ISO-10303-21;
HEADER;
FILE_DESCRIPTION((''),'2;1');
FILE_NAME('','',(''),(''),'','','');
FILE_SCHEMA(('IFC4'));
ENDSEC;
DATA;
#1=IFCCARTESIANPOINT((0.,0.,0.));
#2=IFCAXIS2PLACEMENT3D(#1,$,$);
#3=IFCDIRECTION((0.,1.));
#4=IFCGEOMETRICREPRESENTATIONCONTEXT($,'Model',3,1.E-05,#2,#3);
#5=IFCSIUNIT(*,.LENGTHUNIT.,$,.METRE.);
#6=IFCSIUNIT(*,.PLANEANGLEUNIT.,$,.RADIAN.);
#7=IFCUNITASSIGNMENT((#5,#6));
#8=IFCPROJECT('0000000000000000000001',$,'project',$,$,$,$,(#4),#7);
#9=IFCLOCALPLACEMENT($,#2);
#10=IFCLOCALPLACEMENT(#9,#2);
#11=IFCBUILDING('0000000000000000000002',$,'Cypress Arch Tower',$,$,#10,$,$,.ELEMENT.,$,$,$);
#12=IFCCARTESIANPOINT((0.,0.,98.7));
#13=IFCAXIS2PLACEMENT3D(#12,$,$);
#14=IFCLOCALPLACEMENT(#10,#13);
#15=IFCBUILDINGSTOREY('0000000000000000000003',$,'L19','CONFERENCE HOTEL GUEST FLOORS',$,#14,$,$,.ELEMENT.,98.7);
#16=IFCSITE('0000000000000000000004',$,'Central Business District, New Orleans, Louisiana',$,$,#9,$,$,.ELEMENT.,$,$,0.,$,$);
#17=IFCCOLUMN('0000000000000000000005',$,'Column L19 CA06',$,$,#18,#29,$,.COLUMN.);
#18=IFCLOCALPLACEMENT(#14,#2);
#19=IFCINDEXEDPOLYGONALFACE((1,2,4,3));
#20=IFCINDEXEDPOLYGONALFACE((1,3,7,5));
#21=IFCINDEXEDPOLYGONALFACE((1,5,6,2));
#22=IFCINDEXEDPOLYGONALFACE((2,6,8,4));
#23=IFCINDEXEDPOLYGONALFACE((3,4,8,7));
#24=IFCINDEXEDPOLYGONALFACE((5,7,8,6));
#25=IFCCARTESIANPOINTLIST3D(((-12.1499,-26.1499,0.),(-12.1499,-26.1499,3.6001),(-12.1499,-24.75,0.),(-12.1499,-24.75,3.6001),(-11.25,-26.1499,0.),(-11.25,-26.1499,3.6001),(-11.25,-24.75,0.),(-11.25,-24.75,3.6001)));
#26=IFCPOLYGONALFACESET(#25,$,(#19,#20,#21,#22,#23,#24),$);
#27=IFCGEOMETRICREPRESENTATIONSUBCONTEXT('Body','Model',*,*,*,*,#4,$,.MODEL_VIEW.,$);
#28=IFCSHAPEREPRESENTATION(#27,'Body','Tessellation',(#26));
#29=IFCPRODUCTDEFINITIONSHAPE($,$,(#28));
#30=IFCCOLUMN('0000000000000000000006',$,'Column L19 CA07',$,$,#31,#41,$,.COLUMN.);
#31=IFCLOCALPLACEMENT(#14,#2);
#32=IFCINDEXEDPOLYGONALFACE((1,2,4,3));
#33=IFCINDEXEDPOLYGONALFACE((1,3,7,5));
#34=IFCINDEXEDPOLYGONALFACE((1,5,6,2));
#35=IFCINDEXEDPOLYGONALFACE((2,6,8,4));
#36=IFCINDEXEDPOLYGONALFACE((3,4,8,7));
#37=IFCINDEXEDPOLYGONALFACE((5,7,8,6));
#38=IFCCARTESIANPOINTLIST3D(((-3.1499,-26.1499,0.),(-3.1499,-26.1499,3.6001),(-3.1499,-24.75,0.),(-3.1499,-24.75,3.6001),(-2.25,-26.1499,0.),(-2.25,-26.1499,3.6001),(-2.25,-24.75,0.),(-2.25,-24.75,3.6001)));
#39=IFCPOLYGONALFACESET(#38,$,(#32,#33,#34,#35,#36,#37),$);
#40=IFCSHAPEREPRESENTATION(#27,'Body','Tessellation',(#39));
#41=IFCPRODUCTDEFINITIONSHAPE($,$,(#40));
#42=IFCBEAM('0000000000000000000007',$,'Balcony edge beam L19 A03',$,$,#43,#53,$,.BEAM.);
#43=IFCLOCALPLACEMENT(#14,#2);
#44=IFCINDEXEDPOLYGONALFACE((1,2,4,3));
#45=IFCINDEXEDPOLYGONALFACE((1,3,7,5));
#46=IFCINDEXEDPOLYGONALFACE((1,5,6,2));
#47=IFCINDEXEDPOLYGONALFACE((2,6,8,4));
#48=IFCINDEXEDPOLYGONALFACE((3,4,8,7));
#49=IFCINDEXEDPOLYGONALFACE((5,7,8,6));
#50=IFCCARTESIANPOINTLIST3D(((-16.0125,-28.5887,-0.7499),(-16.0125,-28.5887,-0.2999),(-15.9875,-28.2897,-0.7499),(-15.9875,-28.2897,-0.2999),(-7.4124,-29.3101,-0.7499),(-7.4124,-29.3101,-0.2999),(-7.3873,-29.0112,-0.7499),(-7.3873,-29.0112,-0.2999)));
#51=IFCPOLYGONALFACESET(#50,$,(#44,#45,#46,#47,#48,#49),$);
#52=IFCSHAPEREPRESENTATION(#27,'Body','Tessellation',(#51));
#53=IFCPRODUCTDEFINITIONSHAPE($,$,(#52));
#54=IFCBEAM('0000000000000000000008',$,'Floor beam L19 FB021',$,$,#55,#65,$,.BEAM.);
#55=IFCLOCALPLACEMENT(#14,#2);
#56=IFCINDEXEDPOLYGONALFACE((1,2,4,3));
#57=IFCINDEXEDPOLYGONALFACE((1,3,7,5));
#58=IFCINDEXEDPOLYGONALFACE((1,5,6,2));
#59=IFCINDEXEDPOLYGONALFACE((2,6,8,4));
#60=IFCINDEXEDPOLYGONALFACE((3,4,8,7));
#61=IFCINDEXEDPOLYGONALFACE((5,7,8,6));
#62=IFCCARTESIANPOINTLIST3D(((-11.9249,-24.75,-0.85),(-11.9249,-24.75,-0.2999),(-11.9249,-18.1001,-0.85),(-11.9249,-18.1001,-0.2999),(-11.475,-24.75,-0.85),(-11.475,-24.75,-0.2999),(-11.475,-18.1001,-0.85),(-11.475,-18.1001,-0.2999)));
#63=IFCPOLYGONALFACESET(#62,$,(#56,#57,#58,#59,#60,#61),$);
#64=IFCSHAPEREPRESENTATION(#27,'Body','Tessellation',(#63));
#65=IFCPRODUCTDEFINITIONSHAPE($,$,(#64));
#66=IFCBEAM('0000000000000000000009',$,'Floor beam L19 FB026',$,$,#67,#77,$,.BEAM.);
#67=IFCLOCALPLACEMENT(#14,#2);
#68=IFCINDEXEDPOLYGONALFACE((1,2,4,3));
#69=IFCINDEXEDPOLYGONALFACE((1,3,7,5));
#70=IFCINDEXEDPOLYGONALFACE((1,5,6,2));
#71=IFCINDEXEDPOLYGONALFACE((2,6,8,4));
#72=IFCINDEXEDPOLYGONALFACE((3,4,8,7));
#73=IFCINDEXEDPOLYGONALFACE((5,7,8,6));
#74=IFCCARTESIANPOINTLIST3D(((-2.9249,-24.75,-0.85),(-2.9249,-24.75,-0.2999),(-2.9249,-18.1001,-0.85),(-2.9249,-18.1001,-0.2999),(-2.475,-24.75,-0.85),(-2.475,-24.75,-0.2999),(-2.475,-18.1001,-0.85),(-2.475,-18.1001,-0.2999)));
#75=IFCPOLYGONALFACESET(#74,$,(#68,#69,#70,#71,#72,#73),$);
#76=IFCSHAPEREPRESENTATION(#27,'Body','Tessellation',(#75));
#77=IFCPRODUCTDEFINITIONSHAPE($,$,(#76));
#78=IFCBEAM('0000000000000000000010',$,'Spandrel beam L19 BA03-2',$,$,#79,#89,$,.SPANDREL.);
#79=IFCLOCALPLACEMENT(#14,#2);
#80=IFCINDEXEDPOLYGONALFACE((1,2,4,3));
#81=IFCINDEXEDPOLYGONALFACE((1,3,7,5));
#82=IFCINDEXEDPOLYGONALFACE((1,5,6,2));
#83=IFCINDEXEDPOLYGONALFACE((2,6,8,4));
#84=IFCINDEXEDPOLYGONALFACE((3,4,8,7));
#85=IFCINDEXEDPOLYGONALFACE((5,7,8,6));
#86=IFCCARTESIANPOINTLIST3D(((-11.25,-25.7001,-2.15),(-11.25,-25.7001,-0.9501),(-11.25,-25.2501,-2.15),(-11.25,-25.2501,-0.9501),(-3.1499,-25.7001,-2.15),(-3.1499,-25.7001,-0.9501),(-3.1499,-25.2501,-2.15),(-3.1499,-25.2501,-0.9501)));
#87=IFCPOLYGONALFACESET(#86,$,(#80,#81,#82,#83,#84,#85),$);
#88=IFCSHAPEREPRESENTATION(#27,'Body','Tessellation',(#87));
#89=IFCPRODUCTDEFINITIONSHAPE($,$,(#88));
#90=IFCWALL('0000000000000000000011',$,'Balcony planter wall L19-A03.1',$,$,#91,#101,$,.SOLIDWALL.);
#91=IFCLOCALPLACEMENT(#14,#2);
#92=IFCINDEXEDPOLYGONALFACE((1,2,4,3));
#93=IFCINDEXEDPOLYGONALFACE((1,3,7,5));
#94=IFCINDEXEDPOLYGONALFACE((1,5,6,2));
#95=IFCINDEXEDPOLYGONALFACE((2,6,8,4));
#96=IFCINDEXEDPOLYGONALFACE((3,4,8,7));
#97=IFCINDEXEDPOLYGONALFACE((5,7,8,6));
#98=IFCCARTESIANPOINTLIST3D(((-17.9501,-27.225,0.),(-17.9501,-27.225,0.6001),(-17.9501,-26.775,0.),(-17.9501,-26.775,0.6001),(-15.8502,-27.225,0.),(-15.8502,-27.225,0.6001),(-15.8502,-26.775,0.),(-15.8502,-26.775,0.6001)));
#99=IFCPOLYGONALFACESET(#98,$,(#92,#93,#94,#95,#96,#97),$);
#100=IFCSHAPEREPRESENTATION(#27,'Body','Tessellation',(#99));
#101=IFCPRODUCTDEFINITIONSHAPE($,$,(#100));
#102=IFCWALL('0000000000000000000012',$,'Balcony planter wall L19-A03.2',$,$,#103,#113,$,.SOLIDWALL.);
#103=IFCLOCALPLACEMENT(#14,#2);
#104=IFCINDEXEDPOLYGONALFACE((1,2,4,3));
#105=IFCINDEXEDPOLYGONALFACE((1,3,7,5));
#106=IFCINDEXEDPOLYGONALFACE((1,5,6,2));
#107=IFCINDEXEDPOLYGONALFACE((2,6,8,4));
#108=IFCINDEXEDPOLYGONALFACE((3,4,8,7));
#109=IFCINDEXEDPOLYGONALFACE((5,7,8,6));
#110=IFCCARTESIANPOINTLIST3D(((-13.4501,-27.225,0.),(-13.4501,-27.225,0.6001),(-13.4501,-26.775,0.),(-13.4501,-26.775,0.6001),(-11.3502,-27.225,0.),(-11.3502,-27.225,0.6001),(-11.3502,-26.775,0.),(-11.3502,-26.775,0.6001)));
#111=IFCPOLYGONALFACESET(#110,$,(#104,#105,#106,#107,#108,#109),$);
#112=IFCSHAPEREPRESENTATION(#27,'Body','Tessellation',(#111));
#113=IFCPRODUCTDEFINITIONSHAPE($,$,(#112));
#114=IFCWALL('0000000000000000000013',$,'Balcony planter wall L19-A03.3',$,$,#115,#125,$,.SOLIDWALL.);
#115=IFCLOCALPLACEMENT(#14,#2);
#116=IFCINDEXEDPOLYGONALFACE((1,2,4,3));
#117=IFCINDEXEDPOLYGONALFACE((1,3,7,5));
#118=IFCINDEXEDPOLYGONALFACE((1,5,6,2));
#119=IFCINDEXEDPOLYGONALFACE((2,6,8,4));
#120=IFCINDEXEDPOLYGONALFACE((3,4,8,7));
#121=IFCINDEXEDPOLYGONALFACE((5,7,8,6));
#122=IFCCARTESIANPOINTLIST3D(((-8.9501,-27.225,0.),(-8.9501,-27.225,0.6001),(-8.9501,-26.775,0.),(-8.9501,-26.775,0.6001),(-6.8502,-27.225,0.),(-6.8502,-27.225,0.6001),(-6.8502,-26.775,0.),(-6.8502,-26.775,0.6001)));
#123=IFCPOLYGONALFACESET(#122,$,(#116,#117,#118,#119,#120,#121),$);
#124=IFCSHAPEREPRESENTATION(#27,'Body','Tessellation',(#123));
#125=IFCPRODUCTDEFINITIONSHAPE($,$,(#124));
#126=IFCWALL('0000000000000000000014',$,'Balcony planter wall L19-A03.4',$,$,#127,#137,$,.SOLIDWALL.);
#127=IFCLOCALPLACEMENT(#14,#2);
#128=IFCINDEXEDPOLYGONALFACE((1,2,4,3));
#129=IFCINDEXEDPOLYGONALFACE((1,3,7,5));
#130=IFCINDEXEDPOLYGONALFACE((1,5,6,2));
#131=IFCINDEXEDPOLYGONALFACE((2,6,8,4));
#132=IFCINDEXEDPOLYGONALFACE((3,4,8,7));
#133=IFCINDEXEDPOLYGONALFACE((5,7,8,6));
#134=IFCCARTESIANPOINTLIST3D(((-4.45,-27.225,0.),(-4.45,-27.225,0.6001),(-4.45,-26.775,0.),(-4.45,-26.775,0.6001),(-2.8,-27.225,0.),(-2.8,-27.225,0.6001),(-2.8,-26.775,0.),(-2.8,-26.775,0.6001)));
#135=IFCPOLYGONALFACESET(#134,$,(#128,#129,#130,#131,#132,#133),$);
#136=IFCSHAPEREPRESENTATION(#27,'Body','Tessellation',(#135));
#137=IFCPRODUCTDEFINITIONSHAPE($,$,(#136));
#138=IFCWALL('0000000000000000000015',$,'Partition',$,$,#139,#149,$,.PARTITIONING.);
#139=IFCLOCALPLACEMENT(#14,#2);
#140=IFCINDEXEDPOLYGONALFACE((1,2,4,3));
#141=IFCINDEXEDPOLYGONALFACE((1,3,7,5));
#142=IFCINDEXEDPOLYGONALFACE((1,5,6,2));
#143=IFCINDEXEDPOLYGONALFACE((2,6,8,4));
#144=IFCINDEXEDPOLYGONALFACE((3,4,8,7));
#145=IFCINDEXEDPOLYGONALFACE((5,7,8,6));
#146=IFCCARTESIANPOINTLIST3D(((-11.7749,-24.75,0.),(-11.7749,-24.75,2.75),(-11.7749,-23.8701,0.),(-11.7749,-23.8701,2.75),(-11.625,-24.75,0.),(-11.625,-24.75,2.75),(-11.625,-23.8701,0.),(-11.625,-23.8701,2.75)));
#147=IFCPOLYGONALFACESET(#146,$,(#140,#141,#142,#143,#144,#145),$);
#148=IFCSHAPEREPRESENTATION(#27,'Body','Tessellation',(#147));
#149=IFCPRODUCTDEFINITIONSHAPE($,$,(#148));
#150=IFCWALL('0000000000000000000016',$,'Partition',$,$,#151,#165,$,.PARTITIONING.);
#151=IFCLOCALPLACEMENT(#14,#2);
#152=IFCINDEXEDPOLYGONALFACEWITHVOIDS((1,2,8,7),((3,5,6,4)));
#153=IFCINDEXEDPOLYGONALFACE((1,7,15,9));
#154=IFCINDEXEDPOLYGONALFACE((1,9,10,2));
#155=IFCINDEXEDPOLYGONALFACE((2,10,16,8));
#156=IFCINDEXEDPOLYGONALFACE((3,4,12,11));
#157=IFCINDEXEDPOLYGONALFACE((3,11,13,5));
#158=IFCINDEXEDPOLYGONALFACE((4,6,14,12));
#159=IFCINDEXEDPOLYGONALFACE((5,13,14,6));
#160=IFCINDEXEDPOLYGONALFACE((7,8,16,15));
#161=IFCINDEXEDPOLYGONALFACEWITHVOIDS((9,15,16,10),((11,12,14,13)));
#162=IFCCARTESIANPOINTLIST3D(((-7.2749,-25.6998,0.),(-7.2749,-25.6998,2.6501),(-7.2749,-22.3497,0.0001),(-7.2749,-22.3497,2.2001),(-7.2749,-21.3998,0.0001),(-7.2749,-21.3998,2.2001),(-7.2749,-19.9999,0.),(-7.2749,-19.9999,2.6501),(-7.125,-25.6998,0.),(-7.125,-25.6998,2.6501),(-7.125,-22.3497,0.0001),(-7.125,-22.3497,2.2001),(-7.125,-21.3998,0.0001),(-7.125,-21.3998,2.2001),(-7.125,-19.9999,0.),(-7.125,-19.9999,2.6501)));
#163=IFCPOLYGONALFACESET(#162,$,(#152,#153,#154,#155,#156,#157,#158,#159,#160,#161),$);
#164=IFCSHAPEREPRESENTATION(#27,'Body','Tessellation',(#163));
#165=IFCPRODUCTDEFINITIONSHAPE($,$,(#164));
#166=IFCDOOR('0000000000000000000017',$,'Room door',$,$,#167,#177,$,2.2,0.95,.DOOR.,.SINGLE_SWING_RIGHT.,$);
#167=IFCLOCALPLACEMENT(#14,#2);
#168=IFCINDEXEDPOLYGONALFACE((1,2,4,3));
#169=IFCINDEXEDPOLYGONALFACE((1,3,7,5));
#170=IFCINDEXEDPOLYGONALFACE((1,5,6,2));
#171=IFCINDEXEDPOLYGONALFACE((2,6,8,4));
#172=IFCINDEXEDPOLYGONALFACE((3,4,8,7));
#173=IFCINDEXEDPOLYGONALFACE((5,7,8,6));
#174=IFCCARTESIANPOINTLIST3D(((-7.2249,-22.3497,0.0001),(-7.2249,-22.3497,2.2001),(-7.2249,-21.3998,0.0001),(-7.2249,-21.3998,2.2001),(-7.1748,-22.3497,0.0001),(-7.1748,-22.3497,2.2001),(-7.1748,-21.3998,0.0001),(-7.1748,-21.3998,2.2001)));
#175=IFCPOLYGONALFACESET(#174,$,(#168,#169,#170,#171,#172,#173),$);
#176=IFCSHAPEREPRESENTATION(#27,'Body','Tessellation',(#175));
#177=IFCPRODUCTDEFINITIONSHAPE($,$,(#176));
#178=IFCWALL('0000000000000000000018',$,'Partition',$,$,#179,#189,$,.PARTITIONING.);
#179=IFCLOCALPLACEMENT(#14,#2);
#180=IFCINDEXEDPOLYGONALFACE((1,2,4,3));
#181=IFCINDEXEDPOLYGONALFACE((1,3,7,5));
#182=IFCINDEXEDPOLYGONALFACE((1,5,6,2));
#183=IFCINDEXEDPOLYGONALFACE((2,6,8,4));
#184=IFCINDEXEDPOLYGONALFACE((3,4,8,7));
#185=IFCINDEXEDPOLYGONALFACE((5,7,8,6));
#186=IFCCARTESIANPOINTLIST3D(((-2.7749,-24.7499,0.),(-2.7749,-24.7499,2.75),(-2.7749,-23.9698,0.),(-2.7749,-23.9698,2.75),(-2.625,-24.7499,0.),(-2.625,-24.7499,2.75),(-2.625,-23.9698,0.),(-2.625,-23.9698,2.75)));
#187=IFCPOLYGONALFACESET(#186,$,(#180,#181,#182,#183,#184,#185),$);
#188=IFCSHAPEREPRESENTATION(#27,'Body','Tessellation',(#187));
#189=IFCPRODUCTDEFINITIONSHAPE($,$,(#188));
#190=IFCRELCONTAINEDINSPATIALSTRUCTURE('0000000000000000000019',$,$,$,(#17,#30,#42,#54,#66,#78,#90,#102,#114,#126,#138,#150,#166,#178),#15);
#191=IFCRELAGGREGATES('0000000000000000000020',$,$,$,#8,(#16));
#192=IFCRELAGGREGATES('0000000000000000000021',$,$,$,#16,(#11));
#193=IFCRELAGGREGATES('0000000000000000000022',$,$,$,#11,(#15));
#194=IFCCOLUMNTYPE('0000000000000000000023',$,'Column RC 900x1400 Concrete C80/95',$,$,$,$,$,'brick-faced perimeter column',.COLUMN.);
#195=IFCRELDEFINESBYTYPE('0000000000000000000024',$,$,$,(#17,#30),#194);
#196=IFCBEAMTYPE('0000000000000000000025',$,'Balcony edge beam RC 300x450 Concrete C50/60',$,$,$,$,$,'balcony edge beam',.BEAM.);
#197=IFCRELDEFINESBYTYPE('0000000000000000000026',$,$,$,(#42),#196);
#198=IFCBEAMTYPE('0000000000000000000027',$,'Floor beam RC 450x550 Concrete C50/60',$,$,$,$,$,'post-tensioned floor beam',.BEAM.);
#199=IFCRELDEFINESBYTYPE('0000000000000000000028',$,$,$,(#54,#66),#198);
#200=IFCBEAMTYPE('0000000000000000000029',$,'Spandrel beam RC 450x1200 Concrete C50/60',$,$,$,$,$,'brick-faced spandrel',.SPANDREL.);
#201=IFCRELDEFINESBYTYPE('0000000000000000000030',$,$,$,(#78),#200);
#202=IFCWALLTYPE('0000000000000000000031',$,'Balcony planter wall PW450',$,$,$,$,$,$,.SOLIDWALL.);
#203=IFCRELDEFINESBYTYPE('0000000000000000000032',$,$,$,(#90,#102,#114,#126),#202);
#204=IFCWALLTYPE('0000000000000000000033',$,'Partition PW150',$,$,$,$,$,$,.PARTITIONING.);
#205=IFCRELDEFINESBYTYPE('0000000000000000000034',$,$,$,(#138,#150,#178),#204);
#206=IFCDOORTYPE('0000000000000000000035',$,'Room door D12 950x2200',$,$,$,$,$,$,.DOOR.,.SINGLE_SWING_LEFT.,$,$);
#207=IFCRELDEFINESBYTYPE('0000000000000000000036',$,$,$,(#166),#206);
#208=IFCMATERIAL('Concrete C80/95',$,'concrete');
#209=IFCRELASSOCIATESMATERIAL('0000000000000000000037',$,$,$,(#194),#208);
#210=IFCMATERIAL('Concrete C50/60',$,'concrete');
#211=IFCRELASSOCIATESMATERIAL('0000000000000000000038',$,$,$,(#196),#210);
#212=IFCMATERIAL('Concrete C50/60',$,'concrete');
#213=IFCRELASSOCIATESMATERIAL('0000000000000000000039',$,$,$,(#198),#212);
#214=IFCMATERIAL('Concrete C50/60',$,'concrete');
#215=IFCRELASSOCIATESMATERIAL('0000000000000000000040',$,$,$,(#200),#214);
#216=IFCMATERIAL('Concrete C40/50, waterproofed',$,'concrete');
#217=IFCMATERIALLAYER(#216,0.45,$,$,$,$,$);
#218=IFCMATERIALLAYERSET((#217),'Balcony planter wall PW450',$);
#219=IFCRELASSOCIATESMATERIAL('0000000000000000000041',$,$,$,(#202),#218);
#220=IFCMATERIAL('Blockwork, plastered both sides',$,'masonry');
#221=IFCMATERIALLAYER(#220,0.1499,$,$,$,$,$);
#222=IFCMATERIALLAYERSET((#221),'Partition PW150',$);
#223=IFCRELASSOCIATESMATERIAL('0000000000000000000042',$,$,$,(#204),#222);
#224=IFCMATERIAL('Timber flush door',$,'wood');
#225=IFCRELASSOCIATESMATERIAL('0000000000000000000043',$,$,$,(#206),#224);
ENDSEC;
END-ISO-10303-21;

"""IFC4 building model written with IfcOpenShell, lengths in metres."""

from ifc_helpers import new_model, si_unit, direction, frame, frame_2d, origin, origin_2d, place, context, subcontext, project, spatial, rectangle, extrude, material, layer, layer_set, material_profile, profile_set, type_object, element, fill, save


model = new_model("IFC4")

# Units and contexts
model_context = context("Model", 3, precision=1e-05, world=origin(), true_north=direction((0.0, 1.0)))
body_context = subcontext(model_context, "Body", "Model", "MODEL_VIEW")
ifc_project = project(units=[si_unit("LENGTHUNIT", "METRE"), si_unit("PLANEANGLEUNIT", "RADIAN")], contexts=[model_context])

# Site, building, storey
site_placement = place(None, origin())
site = spatial("IfcSite", under=ifc_project, at=site_placement, Name="Central Business District, New Orleans, Louisiana", CompositionType="ELEMENT", RefElevation=0.0)
building_placement = place(site_placement, origin())
building = spatial("IfcBuilding", under=site, at=building_placement, Name="Cypress Arch Tower", CompositionType="ELEMENT")
storey_placement = place(building_placement, frame((0.0, 0.0, 98.7)))
storey = spatial("IfcBuildingStorey", under=building, at=storey_placement, Name="L19", Description="CONFERENCE HOTEL GUEST FLOORS", CompositionType="ELEMENT", Elevation=98.7)

# Columns
ifc_material_1 = material(Name="Concrete C80/95", Category="concrete")
ifc_material_profile_1 = material_profile(ifc_material_1, rectangle(XDim=0.8999, YDim=1.3999, at=origin_2d()), Name="RC 900x1400")
ifc_profile_set_1 = profile_set([ifc_material_profile_1], Name="Concrete C80/95")
column_type = type_object("IfcColumnType", Name="Column RC 900x1400 Concrete C80/95", ElementType="brick-faced perimeter column", PredefinedType="COLUMN", material=ifc_profile_set_1)
for number, where, z_axis, x_axis, name in (
    (1, (-11.7, -25.45, 0.0), (0.0, 0.0, 1.0), (1.0, 0.0, 0.0), "Column L19 CA06"),
    (2, (-2.7, -25.45, 0.0), (0.0, 0.0, 1.0), (1.0, 0.0, 0.0), "Column L19 CA07"),
):
    element("IfcColumn", number, at=place(storey_placement, frame(where, z_axis=z_axis, x_axis=x_axis)), inside=storey, type_object=column_type, Name=name, PredefinedType="COLUMN", context=body_context, shape_type="SweptSolid", body=[
        extrude(rectangle(XDim=0.8999, YDim=1.3999, at=origin_2d()), origin(), (0.0, 0.0, 1.0), 3.6001),
    ])

# Beams
ifc_material_2 = material(Name="Concrete C50/60", Category="concrete")
ifc_material_profile_2 = material_profile(ifc_material_2, rectangle(XDim=0.3, YDim=0.45, at=origin_2d()), Name="RC 300x450")
ifc_profile_set_2 = profile_set([ifc_material_profile_2], Name="Concrete C50/60")
beam_type_1 = type_object("IfcBeamType", Name="Balcony edge beam RC 300x450 Concrete C50/60", ElementType="balcony edge beam", PredefinedType="BEAM", material=ifc_profile_set_2)
beam_1_placement = place(storey_placement, frame((-16.0, -28.4392, -0.5249), z_axis=(0.9965, -0.083593, 0.0), x_axis=(0.083593, 0.9965, 0.0)))
element("IfcBeam", 3, at=beam_1_placement, inside=storey, type_object=beam_type_1, Name="Balcony edge beam L19 A03", PredefinedType="BEAM", context=body_context, shape_type="SweptSolid", body=[
    extrude(rectangle(XDim=0.3, YDim=0.45, at=origin_2d()), origin(), (0.0, 0.0, 1.0), 8.6304),
])
ifc_material_3 = material(Name="Concrete C50/60", Category="concrete")
ifc_material_profile_3 = material_profile(ifc_material_3, rectangle(XDim=0.45, YDim=0.55, at=origin_2d()), Name="RC 450x550")
ifc_profile_set_3 = profile_set([ifc_material_profile_3], Name="Concrete C50/60")
beam_type_2 = type_object("IfcBeamType", Name="Floor beam RC 450x550 Concrete C50/60", ElementType="post-tensioned floor beam", PredefinedType="BEAM", material=ifc_profile_set_3)
for number, where, z_axis, x_axis, name in (
    (4, (-11.7, -24.75, -0.575), (0.0, 1.0, 0.0), (-1.0, 0.0, 0.0), "Floor beam L19 FB021"),
    (5, (-2.7, -24.75, -0.575), (0.0, 1.0, 0.0), (-1.0, 0.0, 0.0), "Floor beam L19 FB026"),
):
    element("IfcBeam", number, at=place(storey_placement, frame(where, z_axis=z_axis, x_axis=x_axis)), inside=storey, type_object=beam_type_2, Name=name, PredefinedType="BEAM", context=body_context, shape_type="SweptSolid", body=[
        extrude(rectangle(XDim=0.45, YDim=0.55, at=origin_2d()), origin(), (0.0, 0.0, 1.0), 6.6499),
    ])
ifc_material_4 = material(Name="Concrete C50/60", Category="concrete")
ifc_material_profile_4 = material_profile(ifc_material_4, rectangle(XDim=0.45, YDim=1.2, at=origin_2d()), Name="RC 450x1200")
ifc_profile_set_4 = profile_set([ifc_material_profile_4], Name="Concrete C50/60")
beam_type_3 = type_object("IfcBeamType", Name="Spandrel beam RC 450x1200 Concrete C50/60", ElementType="brick-faced spandrel", PredefinedType="SPANDREL", material=ifc_profile_set_4)
beam_2_placement = place(storey_placement, frame((-11.25, -25.4751, -1.55), z_axis=(1.0, 0.0, 0.0), x_axis=(0.0, 1.0, 0.0)))
element("IfcBeam", 6, at=beam_2_placement, inside=storey, type_object=beam_type_3, Name="Spandrel beam L19 BA03-2", PredefinedType="SPANDREL", context=body_context, shape_type="SweptSolid", body=[
    extrude(rectangle(XDim=0.45, YDim=1.2, at=origin_2d()), origin(), (0.0, 0.0, 1.0), 8.1001),
])

# Walls
ifc_material_5 = material(Name="Concrete C40/50, waterproofed", Category="concrete")
ifc_layer_1 = layer(ifc_material_5, 0.45)
ifc_layer_set_1 = layer_set([ifc_layer_1], Name="Balcony planter wall PW450")
wall_type_1 = type_object("IfcWallType", Name="Balcony planter wall PW450", PredefinedType="SOLIDWALL", material=ifc_layer_set_1)
for number, where, z_axis, x_axis, name in (
    (7, (-17.95, -27.0, 0.0), (0.0, 0.0, 1.0), (1.0, 0.0, 0.0), "Balcony planter wall L19-A03.1"),
    (8, (-13.45, -27.0, 0.0), (0.0, 0.0, 1.0), (1.0, 0.0, 0.0), "Balcony planter wall L19-A03.2"),
    (9, (-8.95, -27.0, 0.0), (0.0, 0.0, 1.0), (1.0, 0.0, 0.0), "Balcony planter wall L19-A03.3"),
):
    element("IfcWall", number, at=place(storey_placement, frame(where, z_axis=z_axis, x_axis=x_axis)), inside=storey, type_object=wall_type_1, Name=name, PredefinedType="SOLIDWALL", context=body_context, shape_type="SweptSolid", body=[
        extrude(rectangle(XDim=2.0999, YDim=0.45, at=frame_2d((1.0498, 0.0))), origin(), (0.0, 0.0, 1.0), 0.6001),
    ])
wall_1_placement = place(storey_placement, frame((-4.45, -27.0, 0.0), z_axis=(0.0, 0.0, 1.0), x_axis=(1.0, 0.0, 0.0)))
element("IfcWall", 10, at=wall_1_placement, inside=storey, type_object=wall_type_1, Name="Balcony planter wall L19-A03.4", PredefinedType="SOLIDWALL", context=body_context, shape_type="SweptSolid", body=[
    extrude(rectangle(XDim=1.6499, YDim=0.45, at=frame_2d((0.825, 0.0))), origin(), (0.0, 0.0, 1.0), 0.6001),
])

# Wall
ifc_material_6 = material(Name="Blockwork, plastered both sides", Category="masonry")
ifc_layer_2 = layer(ifc_material_6, 0.1499)
ifc_layer_set_2 = layer_set([ifc_layer_2], Name="Partition PW150")
wall_type_2 = type_object("IfcWallType", Name="Partition PW150", PredefinedType="PARTITIONING", material=ifc_layer_set_2)
wall_2_placement = place(storey_placement, frame((-11.7, -24.75, 0.0), z_axis=(0.0, 0.0, 1.0), x_axis=(0.0, 1.0, 0.0)))
element("IfcWall", 11, at=wall_2_placement, inside=storey, type_object=wall_type_2, Name="Partition", PredefinedType="PARTITIONING", context=body_context, shape_type="SweptSolid", body=[
    extrude(rectangle(XDim=0.8799, YDim=0.1499, at=frame_2d((0.4399, 0.0))), origin(), (0.0, 0.0, 1.0), 2.75),
])

# Wall, opening, door
wall_3_placement = place(storey_placement, frame((-7.2, -25.7, 0.0), z_axis=(0.0, 0.0, 1.0), x_axis=(0.0, 1.0, 0.0)))
wall_3 = element("IfcWall", 12, at=wall_3_placement, inside=storey, type_object=wall_type_2, Name="Partition", PredefinedType="PARTITIONING", context=body_context, shape_type="SweptSolid", body=[
    extrude(rectangle(XDim=5.7, YDim=0.1499, at=frame_2d((2.8501, 0.0))), origin(), (0.0, 0.0, 1.0), 2.6501),
])
opening_1_placement = place(wall_3_placement, frame((3.3501, 0.0, 0.0)))
opening_1 = element("IfcOpeningElement", 13, at=opening_1_placement, cuts=wall_3, PredefinedType="OPENING", context=body_context, shape_type="SweptSolid", body=[
    extrude(rectangle(XDim=0.95, YDim=2.2, at=frame_2d((0.4751, 1.1001))), frame((0.0, 0.085, 0.0), z_axis=(0.0, -1.0, 0.0), x_axis=(1.0, 0.0, 0.0)), (0.0, 0.0, 1.0), 0.1699),
])
ifc_material_7 = material(Name="Timber flush door", Category="wood")
door_type_1 = type_object("IfcDoorType", Name="Room door D12 950x2200", OperationType="SINGLE_SWING_LEFT", PredefinedType="DOOR", material=ifc_material_7)
door_1_placement = place(opening_1_placement, origin())
door_1 = element("IfcDoor", 14, at=door_1_placement, inside=storey, type_object=door_type_1, Name="Room door", OperationType="SINGLE_SWING_RIGHT", OverallHeight=2.2, OverallWidth=0.95, PredefinedType="DOOR", context=body_context, shape_type="SweptSolid", body=[
    extrude(rectangle(XDim=0.95, YDim=2.2, at=frame_2d((0.4751, 1.1001))), frame((0.0, 0.0249, 0.0), z_axis=(0.0, -1.0, 0.0), x_axis=(1.0, 0.0, 0.0)), (0.0, 0.0, 1.0), 0.05),
])
fill(opening_1, door_1)

# Wall
wall_4_placement = place(storey_placement, frame((-2.7, -24.75, 0.0), z_axis=(0.0, 0.0, 1.0), x_axis=(0.0, 1.0, 0.0)))
element("IfcWall", 15, at=wall_4_placement, inside=storey, type_object=wall_type_2, Name="Partition", PredefinedType="PARTITIONING", context=body_context, shape_type="SweptSolid", body=[
    extrude(rectangle(XDim=0.78, YDim=0.1499, at=frame_2d((0.3901, 0.0))), origin(), (0.0, 0.0, 1.0), 2.75),
])

save(model, "model.ifc")
